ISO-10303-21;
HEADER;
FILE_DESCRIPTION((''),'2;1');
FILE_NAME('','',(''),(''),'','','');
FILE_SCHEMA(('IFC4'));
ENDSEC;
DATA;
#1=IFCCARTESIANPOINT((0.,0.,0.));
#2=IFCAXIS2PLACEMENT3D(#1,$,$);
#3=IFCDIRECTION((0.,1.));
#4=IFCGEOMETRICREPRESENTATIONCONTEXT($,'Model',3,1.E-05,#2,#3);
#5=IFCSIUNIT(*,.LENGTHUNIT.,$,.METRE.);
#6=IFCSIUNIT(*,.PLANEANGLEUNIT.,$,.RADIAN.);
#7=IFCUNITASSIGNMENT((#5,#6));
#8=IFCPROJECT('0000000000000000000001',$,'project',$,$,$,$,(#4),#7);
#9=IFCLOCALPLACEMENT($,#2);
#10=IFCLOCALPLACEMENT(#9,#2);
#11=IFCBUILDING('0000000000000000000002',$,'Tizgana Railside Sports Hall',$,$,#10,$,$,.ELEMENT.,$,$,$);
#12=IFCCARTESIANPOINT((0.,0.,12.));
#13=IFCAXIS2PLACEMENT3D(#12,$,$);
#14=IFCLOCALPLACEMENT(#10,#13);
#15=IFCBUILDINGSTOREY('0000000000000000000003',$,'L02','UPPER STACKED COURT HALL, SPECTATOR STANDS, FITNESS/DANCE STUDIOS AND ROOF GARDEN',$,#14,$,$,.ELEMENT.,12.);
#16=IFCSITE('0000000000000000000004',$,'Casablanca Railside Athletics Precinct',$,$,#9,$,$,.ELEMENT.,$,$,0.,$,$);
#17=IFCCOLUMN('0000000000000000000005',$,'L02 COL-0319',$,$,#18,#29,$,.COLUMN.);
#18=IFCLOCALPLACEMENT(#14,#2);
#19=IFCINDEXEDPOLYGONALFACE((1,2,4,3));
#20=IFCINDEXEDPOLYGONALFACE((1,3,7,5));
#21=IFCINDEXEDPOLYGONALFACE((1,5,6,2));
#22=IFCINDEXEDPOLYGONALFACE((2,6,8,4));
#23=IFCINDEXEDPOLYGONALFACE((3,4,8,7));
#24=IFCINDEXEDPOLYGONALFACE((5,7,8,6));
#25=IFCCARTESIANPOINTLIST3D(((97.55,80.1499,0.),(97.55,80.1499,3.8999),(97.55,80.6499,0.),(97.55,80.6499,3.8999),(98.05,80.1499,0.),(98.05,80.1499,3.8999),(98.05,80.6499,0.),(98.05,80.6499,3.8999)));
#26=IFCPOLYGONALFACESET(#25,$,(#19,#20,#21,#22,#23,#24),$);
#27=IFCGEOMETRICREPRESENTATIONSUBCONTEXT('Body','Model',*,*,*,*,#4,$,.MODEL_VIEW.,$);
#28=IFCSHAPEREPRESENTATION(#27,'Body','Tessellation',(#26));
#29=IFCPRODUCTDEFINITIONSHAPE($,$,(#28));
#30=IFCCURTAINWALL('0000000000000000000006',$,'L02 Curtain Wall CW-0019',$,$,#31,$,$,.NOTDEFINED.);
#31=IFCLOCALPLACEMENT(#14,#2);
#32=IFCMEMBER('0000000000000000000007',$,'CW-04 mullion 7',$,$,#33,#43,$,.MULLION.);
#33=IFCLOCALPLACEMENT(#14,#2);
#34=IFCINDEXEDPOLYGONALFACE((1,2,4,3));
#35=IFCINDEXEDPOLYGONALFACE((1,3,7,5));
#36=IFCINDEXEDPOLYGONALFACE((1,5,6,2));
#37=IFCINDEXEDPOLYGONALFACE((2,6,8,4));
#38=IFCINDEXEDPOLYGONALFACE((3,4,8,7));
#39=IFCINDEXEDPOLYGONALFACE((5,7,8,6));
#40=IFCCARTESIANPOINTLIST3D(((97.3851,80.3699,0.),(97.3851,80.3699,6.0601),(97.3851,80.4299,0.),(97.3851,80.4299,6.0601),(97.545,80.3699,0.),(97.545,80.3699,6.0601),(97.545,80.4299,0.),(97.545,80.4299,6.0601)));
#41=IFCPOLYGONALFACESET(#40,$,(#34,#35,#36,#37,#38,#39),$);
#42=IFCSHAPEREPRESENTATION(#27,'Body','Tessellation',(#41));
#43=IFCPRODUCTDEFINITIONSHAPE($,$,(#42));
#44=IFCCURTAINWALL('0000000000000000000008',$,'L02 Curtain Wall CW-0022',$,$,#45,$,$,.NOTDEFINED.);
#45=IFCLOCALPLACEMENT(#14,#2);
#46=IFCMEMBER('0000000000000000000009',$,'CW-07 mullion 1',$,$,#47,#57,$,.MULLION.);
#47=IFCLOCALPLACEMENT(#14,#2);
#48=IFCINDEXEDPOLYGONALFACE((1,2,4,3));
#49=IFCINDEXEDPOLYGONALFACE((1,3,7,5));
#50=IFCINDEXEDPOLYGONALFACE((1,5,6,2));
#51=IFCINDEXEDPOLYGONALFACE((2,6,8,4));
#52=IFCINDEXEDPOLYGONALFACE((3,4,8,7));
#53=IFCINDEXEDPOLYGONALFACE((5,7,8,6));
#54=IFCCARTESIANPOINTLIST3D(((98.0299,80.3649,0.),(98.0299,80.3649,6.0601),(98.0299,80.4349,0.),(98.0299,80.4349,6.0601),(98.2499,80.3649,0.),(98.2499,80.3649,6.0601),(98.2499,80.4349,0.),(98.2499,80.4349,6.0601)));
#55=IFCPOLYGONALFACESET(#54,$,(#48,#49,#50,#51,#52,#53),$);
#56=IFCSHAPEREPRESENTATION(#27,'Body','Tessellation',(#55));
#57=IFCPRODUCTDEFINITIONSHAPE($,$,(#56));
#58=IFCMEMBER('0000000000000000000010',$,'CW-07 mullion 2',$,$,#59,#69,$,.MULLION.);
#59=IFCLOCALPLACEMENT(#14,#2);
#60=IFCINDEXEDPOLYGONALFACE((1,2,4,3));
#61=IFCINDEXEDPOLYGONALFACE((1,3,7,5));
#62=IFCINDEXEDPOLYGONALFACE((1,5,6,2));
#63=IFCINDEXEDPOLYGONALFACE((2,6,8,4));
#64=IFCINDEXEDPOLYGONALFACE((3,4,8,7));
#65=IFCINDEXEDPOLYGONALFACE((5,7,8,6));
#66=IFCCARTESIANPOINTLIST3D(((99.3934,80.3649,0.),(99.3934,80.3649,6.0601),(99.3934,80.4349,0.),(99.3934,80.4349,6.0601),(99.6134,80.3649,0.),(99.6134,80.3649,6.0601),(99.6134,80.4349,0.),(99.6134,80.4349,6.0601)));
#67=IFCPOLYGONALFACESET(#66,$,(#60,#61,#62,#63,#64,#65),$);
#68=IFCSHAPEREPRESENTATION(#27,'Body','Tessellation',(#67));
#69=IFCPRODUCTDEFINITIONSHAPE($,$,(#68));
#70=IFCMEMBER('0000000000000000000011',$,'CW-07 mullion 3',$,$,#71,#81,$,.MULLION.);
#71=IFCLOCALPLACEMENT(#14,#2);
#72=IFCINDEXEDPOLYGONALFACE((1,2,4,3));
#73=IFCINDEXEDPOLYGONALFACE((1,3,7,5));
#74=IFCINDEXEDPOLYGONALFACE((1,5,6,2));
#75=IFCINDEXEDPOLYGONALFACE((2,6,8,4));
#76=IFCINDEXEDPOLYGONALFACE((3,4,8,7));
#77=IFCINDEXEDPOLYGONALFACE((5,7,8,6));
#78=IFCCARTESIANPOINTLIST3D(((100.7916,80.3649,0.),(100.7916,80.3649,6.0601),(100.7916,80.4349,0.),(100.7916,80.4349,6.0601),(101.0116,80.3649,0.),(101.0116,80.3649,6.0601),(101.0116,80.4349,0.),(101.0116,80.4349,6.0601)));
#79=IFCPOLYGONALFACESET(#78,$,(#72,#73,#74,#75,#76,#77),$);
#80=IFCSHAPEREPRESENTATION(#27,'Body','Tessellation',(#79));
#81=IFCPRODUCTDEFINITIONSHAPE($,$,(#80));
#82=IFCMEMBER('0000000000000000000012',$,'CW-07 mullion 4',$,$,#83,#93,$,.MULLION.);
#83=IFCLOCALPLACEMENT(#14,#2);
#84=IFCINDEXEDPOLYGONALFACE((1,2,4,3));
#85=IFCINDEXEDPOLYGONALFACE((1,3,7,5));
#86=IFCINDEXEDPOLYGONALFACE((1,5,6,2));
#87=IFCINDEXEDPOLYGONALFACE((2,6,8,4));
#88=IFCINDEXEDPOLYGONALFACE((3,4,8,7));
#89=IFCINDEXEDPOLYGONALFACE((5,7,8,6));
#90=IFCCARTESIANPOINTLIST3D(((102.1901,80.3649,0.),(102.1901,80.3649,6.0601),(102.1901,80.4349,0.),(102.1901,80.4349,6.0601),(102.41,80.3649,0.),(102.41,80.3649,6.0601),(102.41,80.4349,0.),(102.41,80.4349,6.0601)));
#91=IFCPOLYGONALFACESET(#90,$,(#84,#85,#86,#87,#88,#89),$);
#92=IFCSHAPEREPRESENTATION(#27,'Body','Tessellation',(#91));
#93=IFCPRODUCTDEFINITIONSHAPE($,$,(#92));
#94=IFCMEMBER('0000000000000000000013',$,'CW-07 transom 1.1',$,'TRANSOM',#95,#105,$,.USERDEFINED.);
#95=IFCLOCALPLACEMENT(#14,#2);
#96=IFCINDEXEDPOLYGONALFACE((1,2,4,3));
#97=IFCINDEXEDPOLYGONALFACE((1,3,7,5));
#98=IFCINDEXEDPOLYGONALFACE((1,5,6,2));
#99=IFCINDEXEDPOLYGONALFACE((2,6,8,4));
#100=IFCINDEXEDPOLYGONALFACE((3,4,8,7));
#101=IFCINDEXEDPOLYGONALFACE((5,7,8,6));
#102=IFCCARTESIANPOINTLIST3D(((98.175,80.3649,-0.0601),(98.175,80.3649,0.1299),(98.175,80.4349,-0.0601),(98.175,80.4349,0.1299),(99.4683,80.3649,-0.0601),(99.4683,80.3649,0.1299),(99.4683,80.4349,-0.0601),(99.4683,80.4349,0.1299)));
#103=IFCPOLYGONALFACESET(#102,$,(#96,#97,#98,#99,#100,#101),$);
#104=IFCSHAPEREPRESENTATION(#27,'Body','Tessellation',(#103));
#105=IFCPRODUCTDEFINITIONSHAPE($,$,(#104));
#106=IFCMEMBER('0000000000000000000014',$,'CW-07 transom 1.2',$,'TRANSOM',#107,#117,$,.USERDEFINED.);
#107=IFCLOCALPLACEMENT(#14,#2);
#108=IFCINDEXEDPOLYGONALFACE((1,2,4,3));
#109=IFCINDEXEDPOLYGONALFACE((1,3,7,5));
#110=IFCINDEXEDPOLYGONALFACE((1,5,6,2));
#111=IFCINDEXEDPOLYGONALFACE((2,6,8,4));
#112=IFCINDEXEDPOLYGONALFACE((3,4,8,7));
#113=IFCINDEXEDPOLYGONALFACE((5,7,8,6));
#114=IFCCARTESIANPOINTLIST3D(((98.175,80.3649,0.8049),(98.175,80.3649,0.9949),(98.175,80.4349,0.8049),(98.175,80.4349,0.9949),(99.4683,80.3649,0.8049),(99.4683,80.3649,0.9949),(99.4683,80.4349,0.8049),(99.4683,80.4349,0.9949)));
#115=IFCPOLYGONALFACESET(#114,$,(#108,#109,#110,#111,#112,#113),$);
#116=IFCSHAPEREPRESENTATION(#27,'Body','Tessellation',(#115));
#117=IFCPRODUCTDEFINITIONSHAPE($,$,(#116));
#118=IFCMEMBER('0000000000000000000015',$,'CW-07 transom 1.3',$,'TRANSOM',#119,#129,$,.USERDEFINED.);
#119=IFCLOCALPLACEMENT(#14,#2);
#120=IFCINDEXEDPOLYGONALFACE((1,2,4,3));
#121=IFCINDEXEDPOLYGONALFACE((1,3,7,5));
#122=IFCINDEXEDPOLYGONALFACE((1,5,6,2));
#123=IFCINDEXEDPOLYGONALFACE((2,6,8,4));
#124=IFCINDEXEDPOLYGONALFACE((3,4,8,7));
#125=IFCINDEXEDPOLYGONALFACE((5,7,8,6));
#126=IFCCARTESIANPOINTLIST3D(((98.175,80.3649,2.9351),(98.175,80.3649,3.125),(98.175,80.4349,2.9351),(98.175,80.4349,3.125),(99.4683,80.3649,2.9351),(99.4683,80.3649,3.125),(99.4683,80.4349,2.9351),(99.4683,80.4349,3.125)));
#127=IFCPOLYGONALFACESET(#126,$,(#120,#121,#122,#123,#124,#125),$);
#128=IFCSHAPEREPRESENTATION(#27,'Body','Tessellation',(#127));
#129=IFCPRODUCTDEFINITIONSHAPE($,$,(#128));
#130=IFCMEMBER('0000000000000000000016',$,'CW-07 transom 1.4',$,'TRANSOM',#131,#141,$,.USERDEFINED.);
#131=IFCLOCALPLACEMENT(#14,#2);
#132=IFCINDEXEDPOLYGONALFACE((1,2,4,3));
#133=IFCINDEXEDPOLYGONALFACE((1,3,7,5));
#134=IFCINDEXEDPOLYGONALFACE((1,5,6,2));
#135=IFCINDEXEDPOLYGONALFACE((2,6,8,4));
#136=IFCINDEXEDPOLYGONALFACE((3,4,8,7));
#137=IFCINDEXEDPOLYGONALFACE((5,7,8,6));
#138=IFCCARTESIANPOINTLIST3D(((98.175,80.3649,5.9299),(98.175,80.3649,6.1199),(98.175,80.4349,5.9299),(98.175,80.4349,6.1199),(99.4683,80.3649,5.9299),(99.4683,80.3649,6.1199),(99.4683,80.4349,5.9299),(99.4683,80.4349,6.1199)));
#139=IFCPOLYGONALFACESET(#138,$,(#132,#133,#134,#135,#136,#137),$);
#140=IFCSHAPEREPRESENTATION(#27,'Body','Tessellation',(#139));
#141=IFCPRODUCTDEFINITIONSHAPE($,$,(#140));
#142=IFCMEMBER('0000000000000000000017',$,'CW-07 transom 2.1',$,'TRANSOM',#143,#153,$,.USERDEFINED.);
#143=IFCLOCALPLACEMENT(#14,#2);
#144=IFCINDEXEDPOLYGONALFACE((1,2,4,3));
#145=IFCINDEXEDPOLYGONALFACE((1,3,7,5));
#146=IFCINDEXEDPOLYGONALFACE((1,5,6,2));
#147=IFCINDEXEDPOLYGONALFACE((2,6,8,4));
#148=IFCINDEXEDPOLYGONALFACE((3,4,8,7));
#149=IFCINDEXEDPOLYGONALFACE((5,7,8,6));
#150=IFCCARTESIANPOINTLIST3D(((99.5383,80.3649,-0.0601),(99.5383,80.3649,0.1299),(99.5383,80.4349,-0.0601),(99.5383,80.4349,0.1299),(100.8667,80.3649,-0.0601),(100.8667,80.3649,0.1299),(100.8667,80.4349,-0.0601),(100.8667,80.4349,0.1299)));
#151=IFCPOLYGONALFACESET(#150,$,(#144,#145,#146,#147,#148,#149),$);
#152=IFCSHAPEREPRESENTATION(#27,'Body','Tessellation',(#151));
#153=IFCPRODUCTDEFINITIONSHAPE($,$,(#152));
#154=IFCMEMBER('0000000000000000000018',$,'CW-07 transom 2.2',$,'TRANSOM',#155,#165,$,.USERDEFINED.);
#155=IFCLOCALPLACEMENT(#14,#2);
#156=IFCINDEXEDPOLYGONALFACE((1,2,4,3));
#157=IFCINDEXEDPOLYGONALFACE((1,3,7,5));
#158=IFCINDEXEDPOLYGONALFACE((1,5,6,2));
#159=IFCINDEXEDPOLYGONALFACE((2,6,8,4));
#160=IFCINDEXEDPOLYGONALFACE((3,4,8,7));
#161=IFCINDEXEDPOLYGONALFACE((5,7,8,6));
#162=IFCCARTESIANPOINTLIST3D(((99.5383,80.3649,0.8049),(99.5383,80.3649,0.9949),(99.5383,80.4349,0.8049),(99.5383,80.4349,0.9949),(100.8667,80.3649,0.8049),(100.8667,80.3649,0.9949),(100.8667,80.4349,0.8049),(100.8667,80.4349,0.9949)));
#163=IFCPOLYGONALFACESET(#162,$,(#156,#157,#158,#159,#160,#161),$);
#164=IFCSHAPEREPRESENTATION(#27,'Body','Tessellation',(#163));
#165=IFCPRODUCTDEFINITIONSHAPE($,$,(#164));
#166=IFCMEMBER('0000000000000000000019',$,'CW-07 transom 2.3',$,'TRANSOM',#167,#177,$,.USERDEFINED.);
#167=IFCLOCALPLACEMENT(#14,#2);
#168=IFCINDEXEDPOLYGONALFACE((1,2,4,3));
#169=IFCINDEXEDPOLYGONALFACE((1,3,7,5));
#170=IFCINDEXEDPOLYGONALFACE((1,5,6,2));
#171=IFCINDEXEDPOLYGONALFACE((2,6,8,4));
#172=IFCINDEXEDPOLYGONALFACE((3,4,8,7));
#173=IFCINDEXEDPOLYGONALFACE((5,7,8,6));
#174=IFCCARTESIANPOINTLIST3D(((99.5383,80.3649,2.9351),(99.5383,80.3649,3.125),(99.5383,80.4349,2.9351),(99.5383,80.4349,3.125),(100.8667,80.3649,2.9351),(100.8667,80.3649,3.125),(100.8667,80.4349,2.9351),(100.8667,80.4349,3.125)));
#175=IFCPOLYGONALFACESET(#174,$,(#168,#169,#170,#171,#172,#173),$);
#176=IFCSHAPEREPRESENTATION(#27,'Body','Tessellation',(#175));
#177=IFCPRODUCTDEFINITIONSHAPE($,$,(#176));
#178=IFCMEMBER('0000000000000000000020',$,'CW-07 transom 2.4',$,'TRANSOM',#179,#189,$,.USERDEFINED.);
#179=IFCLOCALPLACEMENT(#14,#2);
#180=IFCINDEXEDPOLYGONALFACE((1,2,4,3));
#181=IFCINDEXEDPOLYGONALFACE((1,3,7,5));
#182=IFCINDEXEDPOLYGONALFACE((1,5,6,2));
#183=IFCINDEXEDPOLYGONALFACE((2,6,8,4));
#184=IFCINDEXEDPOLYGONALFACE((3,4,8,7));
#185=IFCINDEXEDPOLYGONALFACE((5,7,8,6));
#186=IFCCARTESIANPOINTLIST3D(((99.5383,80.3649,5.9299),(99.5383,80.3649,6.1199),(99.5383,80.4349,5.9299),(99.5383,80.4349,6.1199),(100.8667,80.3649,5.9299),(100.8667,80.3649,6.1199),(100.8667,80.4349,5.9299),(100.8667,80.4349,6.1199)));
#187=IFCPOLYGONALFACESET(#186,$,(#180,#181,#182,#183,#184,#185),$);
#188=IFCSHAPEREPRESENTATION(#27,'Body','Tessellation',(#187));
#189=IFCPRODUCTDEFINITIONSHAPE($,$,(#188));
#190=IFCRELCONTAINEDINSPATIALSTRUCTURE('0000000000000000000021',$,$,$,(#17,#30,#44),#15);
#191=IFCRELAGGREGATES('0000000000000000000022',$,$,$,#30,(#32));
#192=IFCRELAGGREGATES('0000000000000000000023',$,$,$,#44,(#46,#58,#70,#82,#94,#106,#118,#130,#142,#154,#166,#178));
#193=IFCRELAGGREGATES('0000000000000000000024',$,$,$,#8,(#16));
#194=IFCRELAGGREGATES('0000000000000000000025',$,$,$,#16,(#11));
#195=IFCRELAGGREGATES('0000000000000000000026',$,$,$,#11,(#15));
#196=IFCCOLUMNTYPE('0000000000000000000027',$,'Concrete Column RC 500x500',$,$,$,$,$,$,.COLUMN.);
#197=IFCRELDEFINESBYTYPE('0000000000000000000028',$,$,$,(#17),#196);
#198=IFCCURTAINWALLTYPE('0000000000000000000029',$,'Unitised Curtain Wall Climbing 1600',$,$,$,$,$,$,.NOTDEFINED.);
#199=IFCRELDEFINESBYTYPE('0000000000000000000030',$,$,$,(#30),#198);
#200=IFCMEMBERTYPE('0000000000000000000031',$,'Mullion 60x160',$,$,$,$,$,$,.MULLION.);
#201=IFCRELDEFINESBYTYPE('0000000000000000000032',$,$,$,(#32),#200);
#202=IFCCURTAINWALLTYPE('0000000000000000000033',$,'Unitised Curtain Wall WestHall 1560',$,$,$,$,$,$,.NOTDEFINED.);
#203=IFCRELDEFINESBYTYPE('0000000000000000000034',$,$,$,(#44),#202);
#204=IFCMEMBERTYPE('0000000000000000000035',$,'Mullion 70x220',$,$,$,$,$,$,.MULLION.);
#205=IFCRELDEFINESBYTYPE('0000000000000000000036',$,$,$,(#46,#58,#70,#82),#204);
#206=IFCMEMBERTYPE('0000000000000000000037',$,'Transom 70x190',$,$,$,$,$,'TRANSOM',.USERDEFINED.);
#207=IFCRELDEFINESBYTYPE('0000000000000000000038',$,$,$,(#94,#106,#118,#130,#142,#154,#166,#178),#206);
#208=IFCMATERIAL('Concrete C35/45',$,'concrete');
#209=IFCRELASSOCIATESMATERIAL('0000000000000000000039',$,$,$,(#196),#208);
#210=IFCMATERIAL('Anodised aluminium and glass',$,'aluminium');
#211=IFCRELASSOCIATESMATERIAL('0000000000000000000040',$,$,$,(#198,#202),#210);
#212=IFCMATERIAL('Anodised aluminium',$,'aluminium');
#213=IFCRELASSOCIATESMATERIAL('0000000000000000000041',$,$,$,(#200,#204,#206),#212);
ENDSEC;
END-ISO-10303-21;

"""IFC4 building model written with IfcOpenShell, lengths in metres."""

from ifc_helpers import new_model, si_unit, direction, frame, origin, origin_2d, place, context, subcontext, project, spatial, rectangle, extrude, material, material_profile, profile_set, type_object, element, aggregate, save


model = new_model("IFC4")

# Units and contexts
model_context = context("Model", 3, precision=1e-05, world=origin(), true_north=direction((0.0, 1.0)))
body_context = subcontext(model_context, "Body", "Model", "MODEL_VIEW")
ifc_project = project(units=[si_unit("LENGTHUNIT", "METRE"), si_unit("PLANEANGLEUNIT", "RADIAN")], contexts=[model_context])

# Site, building, storey
site_placement = place(None, origin())
site = spatial("IfcSite", under=ifc_project, at=site_placement, Name="Casablanca Railside Athletics Precinct", CompositionType="ELEMENT", RefElevation=0.0)
building_placement = place(site_placement, origin())
building = spatial("IfcBuilding", under=site, at=building_placement, Name="Tizgana Railside Sports Hall", CompositionType="ELEMENT")
storey_placement = place(building_placement, frame((0.0, 0.0, 12.0)))
storey = spatial("IfcBuildingStorey", under=building, at=storey_placement, Name="L02", Description="UPPER STACKED COURT HALL, SPECTATOR STANDS, FITNESS/DANCE STUDIOS AND ROOF GARDEN", CompositionType="ELEMENT", Elevation=12.0)

# Column
ifc_material_1 = material(Name="Concrete C35/45", Category="concrete")
ifc_material_profile_1 = material_profile(ifc_material_1, rectangle(XDim=0.5, YDim=0.5, at=origin_2d()), Name="RC 500x500")
ifc_profile_set_1 = profile_set([ifc_material_profile_1], Name="Concrete C35/45")
column_type = type_object("IfcColumnType", Name="Concrete Column RC 500x500", PredefinedType="COLUMN", material=ifc_profile_set_1)
column_placement = place(storey_placement, frame((97.8, 80.3999, 0.0), z_axis=(0.0, 0.0, 1.0), x_axis=(1.0, 0.0, 0.0)))
element("IfcColumn", 1, at=column_placement, inside=storey, type_object=column_type, Name="L02 COL-0319", PredefinedType="COLUMN", context=body_context, shape_type="SweptSolid", body=[
    extrude(rectangle(XDim=0.5, YDim=0.5, at=origin_2d()), origin(), (0.0, 0.0, 1.0), 3.8999),
])

# Curtain wall, member
ifc_material_2 = material(Name="Anodised aluminium and glass", Category="aluminium")
curtain_wall_type_1 = type_object("IfcCurtainWallType", Name="Unitised Curtain Wall Climbing 1600", PredefinedType="NOTDEFINED", material=ifc_material_2)
curtain_wall_1_placement = place(storey_placement, origin())
curtain_wall_1 = element("IfcCurtainWall", 2, at=curtain_wall_1_placement, inside=storey, type_object=curtain_wall_type_1, Name="L02 Curtain Wall CW-0019", PredefinedType="NOTDEFINED")
ifc_material_3 = material(Name="Anodised aluminium", Category="aluminium")
ifc_material_profile_2 = material_profile(ifc_material_3, rectangle(XDim=0.0601, YDim=0.1599, at=origin_2d()), Name="Mullion 60x160")
ifc_profile_set_2 = profile_set([ifc_material_profile_2], Name="Anodised aluminium")
member_type_1 = type_object("IfcMemberType", Name="Mullion 60x160", PredefinedType="MULLION", material=ifc_profile_set_2)
member_1_placement = place(storey_placement, frame((97.4651, 80.3999, 0.0), z_axis=(0.0, 0.0, 1.0), x_axis=(0.0, 1.0, 0.0)))
member_1 = element("IfcMember", 3, at=member_1_placement, type_object=member_type_1, Name="CW-04 mullion 7", PredefinedType="MULLION", context=body_context, shape_type="SweptSolid", body=[
    extrude(rectangle(XDim=0.0601, YDim=0.1599, at=origin_2d()), origin(), (0.0, 0.0, 1.0), 6.0601),
])
aggregate(curtain_wall_1, [member_1])

# Curtain wall, members
curtain_wall_type_2 = type_object("IfcCurtainWallType", Name="Unitised Curtain Wall WestHall 1560", PredefinedType="NOTDEFINED", material=ifc_material_2)
curtain_wall_2_placement = place(storey_placement, origin())
curtain_wall_2 = element("IfcCurtainWall", 4, at=curtain_wall_2_placement, inside=storey, type_object=curtain_wall_type_2, Name="L02 Curtain Wall CW-0022", PredefinedType="NOTDEFINED")
ifc_material_profile_3 = material_profile(ifc_material_3, rectangle(XDim=0.0701, YDim=0.22, at=origin_2d()), Name="Mullion 70x220")
ifc_profile_set_3 = profile_set([ifc_material_profile_3], Name="Anodised aluminium")
member_type_2 = type_object("IfcMemberType", Name="Mullion 70x220", PredefinedType="MULLION", material=ifc_profile_set_3)
member_2_placement = place(storey_placement, frame((98.1399, 80.3999, 0.0), z_axis=(0.0, 0.0, 1.0), x_axis=(0.0, 1.0, 0.0)))
member_2 = element("IfcMember", 5, at=member_2_placement, type_object=member_type_2, Name="CW-07 mullion 1", PredefinedType="MULLION", context=body_context, shape_type="SweptSolid", body=[
    extrude(rectangle(XDim=0.0701, YDim=0.22, at=origin_2d()), origin(), (0.0, 0.0, 1.0), 6.0601),
])
member_3_placement = place(storey_placement, frame((99.5034, 80.3999, 0.0), z_axis=(0.0, 0.0, 1.0), x_axis=(0.0, 1.0, 0.0)))
member_3 = element("IfcMember", 6, at=member_3_placement, type_object=member_type_2, Name="CW-07 mullion 2", PredefinedType="MULLION", context=body_context, shape_type="SweptSolid", body=[
    extrude(rectangle(XDim=0.0701, YDim=0.22, at=origin_2d()), origin(), (0.0, 0.0, 1.0), 6.0601),
])
member_4_placement = place(storey_placement, frame((100.9016, 80.3999, 0.0), z_axis=(0.0, 0.0, 1.0), x_axis=(0.0, 1.0, 0.0)))
member_4 = element("IfcMember", 7, at=member_4_placement, type_object=member_type_2, Name="CW-07 mullion 3", PredefinedType="MULLION", context=body_context, shape_type="SweptSolid", body=[
    extrude(rectangle(XDim=0.0701, YDim=0.22, at=origin_2d()), origin(), (0.0, 0.0, 1.0), 6.0601),
])
member_5_placement = place(storey_placement, frame((102.3, 80.3999, 0.0), z_axis=(0.0, 0.0, 1.0), x_axis=(0.0, 1.0, 0.0)))
member_5 = element("IfcMember", 8, at=member_5_placement, type_object=member_type_2, Name="CW-07 mullion 4", PredefinedType="MULLION", context=body_context, shape_type="SweptSolid", body=[
    extrude(rectangle(XDim=0.0701, YDim=0.22, at=origin_2d()), origin(), (0.0, 0.0, 1.0), 6.0601),
])
ifc_material_profile_4 = material_profile(ifc_material_3, rectangle(XDim=0.0701, YDim=0.1899, at=origin_2d()), Name="Transom 70x190")
ifc_profile_set_4 = profile_set([ifc_material_profile_4], Name="Anodised aluminium")
member_type_3 = type_object("IfcMemberType", Name="Transom 70x190", ElementType="TRANSOM", PredefinedType="USERDEFINED", material=ifc_profile_set_4)
member_6_placement = place(storey_placement, frame((98.175, 80.3999, 0.0349), z_axis=(1.0, 0.0, 0.0), x_axis=(0.0, 1.0, 0.0)))
member_6 = element("IfcMember", 9, at=member_6_placement, type_object=member_type_3, Name="CW-07 transom 1.1", ObjectType="TRANSOM", PredefinedType="USERDEFINED", context=body_context, shape_type="SweptSolid", body=[
    extrude(rectangle(XDim=0.0701, YDim=0.1899, at=origin_2d()), origin(), (0.0, 0.0, 1.0), 1.2932),
])
member_7_placement = place(storey_placement, frame((98.175, 80.3999, 0.8999), z_axis=(1.0, 0.0, 0.0), x_axis=(0.0, 1.0, 0.0)))
member_7 = element("IfcMember", 10, at=member_7_placement, type_object=member_type_3, Name="CW-07 transom 1.2", ObjectType="TRANSOM", PredefinedType="USERDEFINED", context=body_context, shape_type="SweptSolid", body=[
    extrude(rectangle(XDim=0.0701, YDim=0.1899, at=origin_2d()), origin(), (0.0, 0.0, 1.0), 1.2932),
])
member_8_placement = place(storey_placement, frame((98.175, 80.3999, 3.03), z_axis=(1.0, 0.0, 0.0), x_axis=(0.0, 1.0, 0.0)))
member_8 = element("IfcMember", 11, at=member_8_placement, type_object=member_type_3, Name="CW-07 transom 1.3", ObjectType="TRANSOM", PredefinedType="USERDEFINED", context=body_context, shape_type="SweptSolid", body=[
    extrude(rectangle(XDim=0.0701, YDim=0.1899, at=origin_2d()), origin(), (0.0, 0.0, 1.0), 1.2932),
])
member_9_placement = place(storey_placement, frame((98.175, 80.3999, 6.0249), z_axis=(1.0, 0.0, 0.0), x_axis=(0.0, 1.0, 0.0)))
member_9 = element("IfcMember", 12, at=member_9_placement, type_object=member_type_3, Name="CW-07 transom 1.4", ObjectType="TRANSOM", PredefinedType="USERDEFINED", context=body_context, shape_type="SweptSolid", body=[
    extrude(rectangle(XDim=0.0701, YDim=0.1899, at=origin_2d()), origin(), (0.0, 0.0, 1.0), 1.2932),
])
member_10_placement = place(storey_placement, frame((99.5383, 80.3999, 0.0349), z_axis=(1.0, 0.0, 0.0), x_axis=(0.0, 1.0, 0.0)))
member_10 = element("IfcMember", 13, at=member_10_placement, type_object=member_type_3, Name="CW-07 transom 2.1", ObjectType="TRANSOM", PredefinedType="USERDEFINED", context=body_context, shape_type="SweptSolid", body=[
    extrude(rectangle(XDim=0.0701, YDim=0.1899, at=origin_2d()), origin(), (0.0, 0.0, 1.0), 1.3284),
])
member_11_placement = place(storey_placement, frame((99.5383, 80.3999, 0.8999), z_axis=(1.0, 0.0, 0.0), x_axis=(0.0, 1.0, 0.0)))
member_11 = element("IfcMember", 14, at=member_11_placement, type_object=member_type_3, Name="CW-07 transom 2.2", ObjectType="TRANSOM", PredefinedType="USERDEFINED", context=body_context, shape_type="SweptSolid", body=[
    extrude(rectangle(XDim=0.0701, YDim=0.1899, at=origin_2d()), origin(), (0.0, 0.0, 1.0), 1.3284),
])
member_12_placement = place(storey_placement, frame((99.5383, 80.3999, 3.03), z_axis=(1.0, 0.0, 0.0), x_axis=(0.0, 1.0, 0.0)))
member_12 = element("IfcMember", 15, at=member_12_placement, type_object=member_type_3, Name="CW-07 transom 2.3", ObjectType="TRANSOM", PredefinedType="USERDEFINED", context=body_context, shape_type="SweptSolid", body=[
    extrude(rectangle(XDim=0.0701, YDim=0.1899, at=origin_2d()), origin(), (0.0, 0.0, 1.0), 1.3284),
])
member_13_placement = place(storey_placement, frame((99.5383, 80.3999, 6.0249), z_axis=(1.0, 0.0, 0.0), x_axis=(0.0, 1.0, 0.0)))
member_13 = element("IfcMember", 16, at=member_13_placement, type_object=member_type_3, Name="CW-07 transom 2.4", ObjectType="TRANSOM", PredefinedType="USERDEFINED", context=body_context, shape_type="SweptSolid", body=[
    extrude(rectangle(XDim=0.0701, YDim=0.1899, at=origin_2d()), origin(), (0.0, 0.0, 1.0), 1.3284),
])
aggregate(curtain_wall_2, [member_2, member_3, member_4, member_5, member_6, member_7, member_8, member_9, member_10, member_11, member_12, member_13])

save(model, "model.ifc")
